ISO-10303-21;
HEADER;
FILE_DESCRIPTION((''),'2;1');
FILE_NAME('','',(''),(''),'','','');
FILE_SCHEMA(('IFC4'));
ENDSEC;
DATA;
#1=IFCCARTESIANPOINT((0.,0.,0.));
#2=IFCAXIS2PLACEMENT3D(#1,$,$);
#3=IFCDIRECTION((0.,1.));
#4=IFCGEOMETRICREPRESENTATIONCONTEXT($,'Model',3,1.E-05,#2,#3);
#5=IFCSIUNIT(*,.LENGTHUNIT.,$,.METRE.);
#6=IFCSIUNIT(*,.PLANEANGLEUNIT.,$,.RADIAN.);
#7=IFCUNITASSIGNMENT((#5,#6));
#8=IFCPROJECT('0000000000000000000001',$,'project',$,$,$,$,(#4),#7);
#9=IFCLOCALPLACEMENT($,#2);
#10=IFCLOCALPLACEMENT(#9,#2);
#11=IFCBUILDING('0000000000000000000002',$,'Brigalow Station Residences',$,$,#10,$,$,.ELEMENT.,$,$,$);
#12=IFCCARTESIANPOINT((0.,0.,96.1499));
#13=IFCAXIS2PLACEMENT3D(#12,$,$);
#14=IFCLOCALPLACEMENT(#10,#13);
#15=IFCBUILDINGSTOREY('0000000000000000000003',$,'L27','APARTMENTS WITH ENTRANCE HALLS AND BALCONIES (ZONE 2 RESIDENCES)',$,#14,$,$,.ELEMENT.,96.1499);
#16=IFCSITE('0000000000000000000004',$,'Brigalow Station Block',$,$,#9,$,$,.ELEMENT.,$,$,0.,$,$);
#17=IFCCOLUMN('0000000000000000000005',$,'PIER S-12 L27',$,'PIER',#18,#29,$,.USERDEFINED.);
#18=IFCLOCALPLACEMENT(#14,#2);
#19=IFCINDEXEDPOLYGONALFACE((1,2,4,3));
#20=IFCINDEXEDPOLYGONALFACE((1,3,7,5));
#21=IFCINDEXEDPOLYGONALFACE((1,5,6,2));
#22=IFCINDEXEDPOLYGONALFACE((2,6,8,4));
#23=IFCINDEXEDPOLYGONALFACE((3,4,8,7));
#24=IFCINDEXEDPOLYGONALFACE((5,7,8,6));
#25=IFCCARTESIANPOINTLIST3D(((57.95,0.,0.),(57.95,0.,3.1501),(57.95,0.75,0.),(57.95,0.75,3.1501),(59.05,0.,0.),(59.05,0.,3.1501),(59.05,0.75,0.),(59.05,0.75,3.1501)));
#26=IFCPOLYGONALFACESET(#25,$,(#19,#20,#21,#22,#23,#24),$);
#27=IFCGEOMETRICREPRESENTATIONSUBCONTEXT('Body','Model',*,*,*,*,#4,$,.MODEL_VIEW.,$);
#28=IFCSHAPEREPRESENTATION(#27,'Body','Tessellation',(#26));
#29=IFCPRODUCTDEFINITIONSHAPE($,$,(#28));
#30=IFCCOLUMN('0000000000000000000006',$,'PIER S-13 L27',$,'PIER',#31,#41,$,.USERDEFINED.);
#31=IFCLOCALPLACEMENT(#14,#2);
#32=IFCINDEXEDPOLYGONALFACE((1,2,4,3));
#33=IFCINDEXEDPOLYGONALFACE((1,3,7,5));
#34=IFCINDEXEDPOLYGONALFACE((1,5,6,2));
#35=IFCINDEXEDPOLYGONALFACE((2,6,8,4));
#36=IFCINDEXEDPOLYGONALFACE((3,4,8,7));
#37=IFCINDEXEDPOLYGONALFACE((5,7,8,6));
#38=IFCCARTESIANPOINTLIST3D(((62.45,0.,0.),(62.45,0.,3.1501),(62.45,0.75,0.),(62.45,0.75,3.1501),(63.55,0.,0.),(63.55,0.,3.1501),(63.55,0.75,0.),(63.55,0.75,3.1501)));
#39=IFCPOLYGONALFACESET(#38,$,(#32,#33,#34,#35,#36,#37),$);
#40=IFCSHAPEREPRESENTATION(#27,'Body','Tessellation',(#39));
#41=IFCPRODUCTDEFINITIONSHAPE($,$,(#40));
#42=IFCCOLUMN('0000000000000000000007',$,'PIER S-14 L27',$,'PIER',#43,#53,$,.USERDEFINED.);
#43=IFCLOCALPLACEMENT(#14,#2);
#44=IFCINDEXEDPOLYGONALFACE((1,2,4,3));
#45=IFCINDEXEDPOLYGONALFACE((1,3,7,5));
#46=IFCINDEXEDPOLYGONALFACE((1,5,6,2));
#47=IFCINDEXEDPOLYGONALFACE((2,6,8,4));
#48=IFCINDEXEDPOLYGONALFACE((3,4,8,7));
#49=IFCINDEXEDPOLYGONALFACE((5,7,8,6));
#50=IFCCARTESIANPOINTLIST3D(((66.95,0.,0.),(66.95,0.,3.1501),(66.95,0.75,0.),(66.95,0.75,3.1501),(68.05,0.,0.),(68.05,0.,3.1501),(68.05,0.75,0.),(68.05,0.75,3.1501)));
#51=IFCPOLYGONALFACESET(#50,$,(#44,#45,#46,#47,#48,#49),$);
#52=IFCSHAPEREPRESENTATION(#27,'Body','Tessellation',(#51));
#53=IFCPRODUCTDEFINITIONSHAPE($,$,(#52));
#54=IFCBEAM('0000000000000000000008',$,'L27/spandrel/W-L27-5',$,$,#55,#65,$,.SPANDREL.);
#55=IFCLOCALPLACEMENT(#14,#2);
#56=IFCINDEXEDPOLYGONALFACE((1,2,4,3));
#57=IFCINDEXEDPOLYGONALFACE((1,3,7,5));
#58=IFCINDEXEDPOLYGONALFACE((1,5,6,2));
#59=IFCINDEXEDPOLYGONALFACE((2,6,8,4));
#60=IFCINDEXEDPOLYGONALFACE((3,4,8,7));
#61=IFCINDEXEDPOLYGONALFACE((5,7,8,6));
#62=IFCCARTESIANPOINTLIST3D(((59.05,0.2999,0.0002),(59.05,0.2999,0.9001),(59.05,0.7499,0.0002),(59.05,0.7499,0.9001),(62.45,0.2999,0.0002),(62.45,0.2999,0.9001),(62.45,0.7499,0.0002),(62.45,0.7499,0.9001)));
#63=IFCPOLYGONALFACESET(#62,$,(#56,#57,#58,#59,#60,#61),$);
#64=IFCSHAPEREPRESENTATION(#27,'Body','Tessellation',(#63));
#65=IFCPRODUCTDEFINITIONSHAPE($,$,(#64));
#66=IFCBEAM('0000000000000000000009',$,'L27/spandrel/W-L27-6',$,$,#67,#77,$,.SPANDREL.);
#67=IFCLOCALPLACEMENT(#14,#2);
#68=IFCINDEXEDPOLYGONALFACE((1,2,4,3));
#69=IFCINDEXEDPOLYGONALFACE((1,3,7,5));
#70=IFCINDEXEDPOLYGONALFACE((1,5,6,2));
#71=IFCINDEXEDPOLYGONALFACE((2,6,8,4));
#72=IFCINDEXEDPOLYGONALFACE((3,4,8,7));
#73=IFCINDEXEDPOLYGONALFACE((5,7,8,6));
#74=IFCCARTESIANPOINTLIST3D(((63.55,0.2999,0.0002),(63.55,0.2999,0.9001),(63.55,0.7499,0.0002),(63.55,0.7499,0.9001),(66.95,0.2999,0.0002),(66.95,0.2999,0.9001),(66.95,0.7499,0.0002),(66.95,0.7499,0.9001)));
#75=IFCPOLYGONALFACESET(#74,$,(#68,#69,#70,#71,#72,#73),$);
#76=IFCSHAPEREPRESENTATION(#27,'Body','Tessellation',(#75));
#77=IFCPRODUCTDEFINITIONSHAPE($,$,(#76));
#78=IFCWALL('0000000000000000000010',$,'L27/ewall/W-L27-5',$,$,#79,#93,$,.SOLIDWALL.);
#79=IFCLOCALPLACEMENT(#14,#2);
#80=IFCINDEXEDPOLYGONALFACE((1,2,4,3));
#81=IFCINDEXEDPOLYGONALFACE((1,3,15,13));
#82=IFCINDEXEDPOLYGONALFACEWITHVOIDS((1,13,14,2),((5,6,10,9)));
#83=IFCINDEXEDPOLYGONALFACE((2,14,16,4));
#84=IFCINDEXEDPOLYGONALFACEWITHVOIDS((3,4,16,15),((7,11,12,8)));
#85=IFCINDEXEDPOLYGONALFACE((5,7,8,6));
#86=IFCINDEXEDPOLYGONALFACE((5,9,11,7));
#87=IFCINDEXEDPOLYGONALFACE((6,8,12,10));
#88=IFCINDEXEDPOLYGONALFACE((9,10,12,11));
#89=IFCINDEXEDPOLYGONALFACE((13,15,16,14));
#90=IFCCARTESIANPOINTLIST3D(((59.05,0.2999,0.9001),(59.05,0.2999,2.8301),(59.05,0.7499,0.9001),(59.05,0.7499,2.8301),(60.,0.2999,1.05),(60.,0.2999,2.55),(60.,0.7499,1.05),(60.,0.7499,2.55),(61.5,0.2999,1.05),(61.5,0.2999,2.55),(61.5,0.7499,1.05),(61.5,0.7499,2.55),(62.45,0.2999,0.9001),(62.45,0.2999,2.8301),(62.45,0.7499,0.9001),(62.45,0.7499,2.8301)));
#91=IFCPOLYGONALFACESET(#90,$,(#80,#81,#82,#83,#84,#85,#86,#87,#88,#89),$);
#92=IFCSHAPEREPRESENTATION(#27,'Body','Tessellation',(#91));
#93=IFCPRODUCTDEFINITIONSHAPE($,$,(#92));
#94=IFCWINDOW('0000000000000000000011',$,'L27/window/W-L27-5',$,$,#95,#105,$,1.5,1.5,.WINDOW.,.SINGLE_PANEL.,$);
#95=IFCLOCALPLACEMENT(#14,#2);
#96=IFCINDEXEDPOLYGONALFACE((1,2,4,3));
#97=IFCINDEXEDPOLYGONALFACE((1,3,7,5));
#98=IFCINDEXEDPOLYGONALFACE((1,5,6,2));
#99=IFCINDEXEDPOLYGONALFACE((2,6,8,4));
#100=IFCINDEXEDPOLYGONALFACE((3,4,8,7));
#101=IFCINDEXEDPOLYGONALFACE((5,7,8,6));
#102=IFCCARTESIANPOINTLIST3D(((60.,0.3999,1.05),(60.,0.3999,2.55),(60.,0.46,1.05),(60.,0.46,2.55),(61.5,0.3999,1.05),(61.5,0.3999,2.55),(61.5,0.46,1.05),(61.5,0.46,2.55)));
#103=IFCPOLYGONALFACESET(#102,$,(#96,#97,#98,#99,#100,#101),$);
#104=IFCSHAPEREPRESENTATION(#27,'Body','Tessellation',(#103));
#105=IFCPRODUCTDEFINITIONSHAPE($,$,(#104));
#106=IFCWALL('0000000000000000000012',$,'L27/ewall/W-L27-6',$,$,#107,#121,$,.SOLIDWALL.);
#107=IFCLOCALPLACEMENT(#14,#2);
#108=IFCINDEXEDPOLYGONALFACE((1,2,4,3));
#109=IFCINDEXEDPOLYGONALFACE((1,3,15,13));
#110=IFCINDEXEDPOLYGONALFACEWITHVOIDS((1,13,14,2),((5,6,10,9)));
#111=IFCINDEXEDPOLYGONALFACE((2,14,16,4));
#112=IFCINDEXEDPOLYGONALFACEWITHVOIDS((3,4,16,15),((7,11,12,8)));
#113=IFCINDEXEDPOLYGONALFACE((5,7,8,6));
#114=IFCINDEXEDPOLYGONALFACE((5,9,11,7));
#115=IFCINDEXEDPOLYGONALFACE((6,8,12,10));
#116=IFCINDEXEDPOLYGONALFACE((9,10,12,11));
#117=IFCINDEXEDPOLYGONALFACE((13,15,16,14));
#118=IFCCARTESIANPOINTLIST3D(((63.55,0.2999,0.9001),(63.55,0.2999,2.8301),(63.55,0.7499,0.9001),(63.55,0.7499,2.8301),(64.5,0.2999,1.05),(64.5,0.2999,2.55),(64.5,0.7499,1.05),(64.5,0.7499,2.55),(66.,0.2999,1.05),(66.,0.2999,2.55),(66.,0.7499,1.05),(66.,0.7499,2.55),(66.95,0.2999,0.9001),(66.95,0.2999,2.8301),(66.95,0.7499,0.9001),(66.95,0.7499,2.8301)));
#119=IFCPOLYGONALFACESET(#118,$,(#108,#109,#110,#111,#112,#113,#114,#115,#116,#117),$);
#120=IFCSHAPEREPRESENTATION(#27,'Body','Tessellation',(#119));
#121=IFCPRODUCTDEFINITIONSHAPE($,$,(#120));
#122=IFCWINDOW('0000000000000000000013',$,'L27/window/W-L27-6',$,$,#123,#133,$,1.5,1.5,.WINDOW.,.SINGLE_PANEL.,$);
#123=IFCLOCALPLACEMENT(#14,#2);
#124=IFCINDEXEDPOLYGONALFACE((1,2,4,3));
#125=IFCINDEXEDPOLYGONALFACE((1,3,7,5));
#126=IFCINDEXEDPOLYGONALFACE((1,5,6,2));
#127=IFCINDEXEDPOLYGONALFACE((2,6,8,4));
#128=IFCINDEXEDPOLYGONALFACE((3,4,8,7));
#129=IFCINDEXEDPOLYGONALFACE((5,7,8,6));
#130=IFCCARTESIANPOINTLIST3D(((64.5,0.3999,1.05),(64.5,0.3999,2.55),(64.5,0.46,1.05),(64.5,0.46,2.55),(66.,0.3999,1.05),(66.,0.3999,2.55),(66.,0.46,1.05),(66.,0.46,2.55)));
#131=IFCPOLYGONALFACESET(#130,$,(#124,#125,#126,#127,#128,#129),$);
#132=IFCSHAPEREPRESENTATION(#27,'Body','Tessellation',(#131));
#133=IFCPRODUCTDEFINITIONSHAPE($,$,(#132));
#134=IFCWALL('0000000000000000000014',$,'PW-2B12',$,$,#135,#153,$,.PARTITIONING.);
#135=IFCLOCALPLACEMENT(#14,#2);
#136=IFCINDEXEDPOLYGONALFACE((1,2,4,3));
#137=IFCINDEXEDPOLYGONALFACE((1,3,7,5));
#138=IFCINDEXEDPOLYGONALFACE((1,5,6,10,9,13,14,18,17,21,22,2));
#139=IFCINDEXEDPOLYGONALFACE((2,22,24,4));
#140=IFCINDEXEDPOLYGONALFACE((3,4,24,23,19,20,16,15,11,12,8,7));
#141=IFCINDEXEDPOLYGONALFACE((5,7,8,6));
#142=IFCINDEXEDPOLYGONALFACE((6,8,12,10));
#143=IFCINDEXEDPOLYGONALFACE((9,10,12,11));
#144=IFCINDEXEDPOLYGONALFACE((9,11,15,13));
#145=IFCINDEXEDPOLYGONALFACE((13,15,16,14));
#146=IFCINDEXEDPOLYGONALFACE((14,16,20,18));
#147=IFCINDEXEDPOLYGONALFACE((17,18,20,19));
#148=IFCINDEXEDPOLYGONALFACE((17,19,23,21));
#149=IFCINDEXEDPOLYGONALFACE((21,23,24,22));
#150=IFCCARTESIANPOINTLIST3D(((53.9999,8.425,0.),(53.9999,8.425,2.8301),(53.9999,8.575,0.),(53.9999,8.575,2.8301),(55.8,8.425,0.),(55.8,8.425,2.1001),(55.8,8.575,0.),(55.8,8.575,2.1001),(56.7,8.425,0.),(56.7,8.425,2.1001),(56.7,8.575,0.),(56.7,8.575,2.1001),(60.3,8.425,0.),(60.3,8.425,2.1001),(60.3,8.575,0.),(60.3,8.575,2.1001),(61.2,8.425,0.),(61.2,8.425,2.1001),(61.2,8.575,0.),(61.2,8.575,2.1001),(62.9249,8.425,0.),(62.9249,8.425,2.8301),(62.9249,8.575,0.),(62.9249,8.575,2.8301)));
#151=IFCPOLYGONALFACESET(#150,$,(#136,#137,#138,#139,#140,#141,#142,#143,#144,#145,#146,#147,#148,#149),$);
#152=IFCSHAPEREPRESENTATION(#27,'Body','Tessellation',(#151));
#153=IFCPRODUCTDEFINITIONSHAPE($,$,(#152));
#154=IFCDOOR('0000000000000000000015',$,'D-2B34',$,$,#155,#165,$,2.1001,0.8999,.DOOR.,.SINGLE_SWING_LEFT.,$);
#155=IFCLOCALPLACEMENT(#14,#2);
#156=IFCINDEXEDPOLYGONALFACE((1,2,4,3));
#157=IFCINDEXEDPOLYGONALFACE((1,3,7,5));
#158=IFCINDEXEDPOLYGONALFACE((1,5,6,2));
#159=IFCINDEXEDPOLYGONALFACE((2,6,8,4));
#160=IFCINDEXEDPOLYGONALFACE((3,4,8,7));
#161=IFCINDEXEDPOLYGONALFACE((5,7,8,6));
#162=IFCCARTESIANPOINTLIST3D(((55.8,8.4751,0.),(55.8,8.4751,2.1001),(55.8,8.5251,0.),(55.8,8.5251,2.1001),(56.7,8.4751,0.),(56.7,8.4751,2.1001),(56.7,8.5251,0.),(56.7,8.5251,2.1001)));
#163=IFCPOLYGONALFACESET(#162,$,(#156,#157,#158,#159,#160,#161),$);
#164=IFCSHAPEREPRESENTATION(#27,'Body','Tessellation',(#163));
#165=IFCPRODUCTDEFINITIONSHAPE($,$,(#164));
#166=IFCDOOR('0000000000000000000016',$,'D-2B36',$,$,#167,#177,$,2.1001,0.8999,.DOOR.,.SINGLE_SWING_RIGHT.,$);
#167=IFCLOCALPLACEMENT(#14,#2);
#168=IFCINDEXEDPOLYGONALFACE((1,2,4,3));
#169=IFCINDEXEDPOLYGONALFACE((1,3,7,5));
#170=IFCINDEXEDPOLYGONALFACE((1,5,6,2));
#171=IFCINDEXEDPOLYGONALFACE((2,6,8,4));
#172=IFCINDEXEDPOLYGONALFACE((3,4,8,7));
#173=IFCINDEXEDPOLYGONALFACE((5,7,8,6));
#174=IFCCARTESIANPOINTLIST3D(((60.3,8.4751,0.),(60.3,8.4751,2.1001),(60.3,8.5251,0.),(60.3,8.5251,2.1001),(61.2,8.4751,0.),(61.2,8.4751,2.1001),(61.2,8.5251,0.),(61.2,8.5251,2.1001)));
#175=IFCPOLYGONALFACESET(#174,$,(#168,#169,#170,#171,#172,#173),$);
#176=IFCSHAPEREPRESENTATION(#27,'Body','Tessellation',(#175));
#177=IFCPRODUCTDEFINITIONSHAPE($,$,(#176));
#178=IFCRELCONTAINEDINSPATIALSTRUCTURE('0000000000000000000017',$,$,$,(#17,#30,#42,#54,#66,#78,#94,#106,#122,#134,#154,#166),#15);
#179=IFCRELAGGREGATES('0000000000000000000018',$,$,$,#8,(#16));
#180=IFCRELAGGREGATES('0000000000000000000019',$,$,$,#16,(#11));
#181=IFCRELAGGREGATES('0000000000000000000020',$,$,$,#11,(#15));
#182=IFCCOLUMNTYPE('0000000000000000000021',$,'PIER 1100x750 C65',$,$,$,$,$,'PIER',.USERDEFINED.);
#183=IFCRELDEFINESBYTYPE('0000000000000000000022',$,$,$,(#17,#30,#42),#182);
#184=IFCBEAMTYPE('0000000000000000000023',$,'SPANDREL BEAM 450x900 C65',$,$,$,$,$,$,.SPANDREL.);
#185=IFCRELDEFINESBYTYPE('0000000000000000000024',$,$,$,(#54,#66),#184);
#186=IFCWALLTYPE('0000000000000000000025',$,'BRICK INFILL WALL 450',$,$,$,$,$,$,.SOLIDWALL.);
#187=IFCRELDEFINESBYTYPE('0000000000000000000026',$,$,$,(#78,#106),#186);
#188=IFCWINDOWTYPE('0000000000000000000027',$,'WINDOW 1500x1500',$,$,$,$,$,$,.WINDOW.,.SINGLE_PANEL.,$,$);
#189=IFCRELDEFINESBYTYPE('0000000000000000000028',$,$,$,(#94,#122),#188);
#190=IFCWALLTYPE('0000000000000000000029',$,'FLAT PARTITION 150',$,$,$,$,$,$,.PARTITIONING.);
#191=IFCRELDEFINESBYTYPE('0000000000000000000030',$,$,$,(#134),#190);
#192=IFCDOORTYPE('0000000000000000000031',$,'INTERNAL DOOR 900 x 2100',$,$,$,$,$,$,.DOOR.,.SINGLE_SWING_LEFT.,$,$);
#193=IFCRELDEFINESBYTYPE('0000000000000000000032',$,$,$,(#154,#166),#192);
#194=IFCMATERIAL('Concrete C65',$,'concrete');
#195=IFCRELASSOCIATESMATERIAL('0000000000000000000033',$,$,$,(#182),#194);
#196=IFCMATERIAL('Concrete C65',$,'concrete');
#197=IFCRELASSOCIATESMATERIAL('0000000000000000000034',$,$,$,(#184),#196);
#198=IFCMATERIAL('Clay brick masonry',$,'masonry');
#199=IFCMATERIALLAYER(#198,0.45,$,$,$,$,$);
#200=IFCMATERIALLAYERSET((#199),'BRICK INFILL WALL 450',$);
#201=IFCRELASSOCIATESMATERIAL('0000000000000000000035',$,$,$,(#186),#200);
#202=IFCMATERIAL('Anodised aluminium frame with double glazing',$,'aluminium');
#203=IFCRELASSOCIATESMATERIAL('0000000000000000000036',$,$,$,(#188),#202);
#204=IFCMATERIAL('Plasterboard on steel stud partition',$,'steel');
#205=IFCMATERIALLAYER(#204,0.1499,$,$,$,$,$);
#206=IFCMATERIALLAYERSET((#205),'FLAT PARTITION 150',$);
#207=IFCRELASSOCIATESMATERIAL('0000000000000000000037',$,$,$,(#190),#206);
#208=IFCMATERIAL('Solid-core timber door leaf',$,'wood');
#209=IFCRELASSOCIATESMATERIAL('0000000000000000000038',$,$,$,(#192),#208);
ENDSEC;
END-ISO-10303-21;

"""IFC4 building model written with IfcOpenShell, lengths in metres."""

from ifc_helpers import new_model, si_unit, direction, frame, frame_2d, origin, origin_2d, place, context, subcontext, project, spatial, rectangle, extrude, material, layer, layer_set, material_profile, profile_set, type_object, element, fill, save


model = new_model("IFC4")

# Units and contexts
model_context = context("Model", 3, precision=1e-05, world=origin(), true_north=direction((0.0, 1.0)))
body_context = subcontext(model_context, "Body", "Model", "MODEL_VIEW")
ifc_project = project(units=[si_unit("LENGTHUNIT", "METRE"), si_unit("PLANEANGLEUNIT", "RADIAN")], contexts=[model_context])

# Site, building, storey
site_placement = place(None, origin())
site = spatial("IfcSite", under=ifc_project, at=site_placement, Name="Brigalow Station Block", CompositionType="ELEMENT", RefElevation=0.0)
building_placement = place(site_placement, origin())
building = spatial("IfcBuilding", under=site, at=building_placement, Name="Brigalow Station Residences", CompositionType="ELEMENT")
storey_placement = place(building_placement, frame((0.0, 0.0, 96.1499)))
storey = spatial("IfcBuildingStorey", under=building, at=storey_placement, Name="L27", Description="APARTMENTS WITH ENTRANCE HALLS AND BALCONIES (ZONE 2 RESIDENCES)", CompositionType="ELEMENT", Elevation=96.1499)

# Columns
ifc_material_1 = material(Name="Concrete C65", Category="concrete")
ifc_material_profile_1 = material_profile(ifc_material_1, rectangle(XDim=1.1001, YDim=0.75, at=origin_2d()), Name="RC1100x750")
ifc_profile_set_1 = profile_set([ifc_material_profile_1], Name="Concrete C65")
column_type = type_object("IfcColumnType", Name="PIER 1100x750 C65", ElementType="PIER", PredefinedType="USERDEFINED", material=ifc_profile_set_1)
for number, where, z_axis, x_axis, name in (
    (1, (58.5, 0.375, 0.0), (0.0, 0.0, 1.0), (1.0, 0.0, 0.0), "PIER S-12 L27"),
    (2, (63.0, 0.375, 0.0), (0.0, 0.0, 1.0), (1.0, 0.0, 0.0), "PIER S-13 L27"),
    (3, (67.5, 0.375, 0.0), (0.0, 0.0, 1.0), (1.0, 0.0, 0.0), "PIER S-14 L27"),
):
    element("IfcColumn", number, at=place(storey_placement, frame(where, z_axis=z_axis, x_axis=x_axis)), inside=storey, type_object=column_type, Name=name, ObjectType="PIER", PredefinedType="USERDEFINED", context=body_context, shape_type="SweptSolid", body=[
        extrude(rectangle(XDim=1.1001, YDim=0.75, at=origin_2d()), origin(), (0.0, 0.0, 1.0), 3.1501),
    ])

# Beams
ifc_material_2 = material(Name="Concrete C65", Category="concrete")
ifc_material_profile_2 = material_profile(ifc_material_2, rectangle(XDim=0.45, YDim=0.8999, at=origin_2d()), Name="RC450x900")
ifc_profile_set_2 = profile_set([ifc_material_profile_2], Name="Concrete C65")
beam_type = type_object("IfcBeamType", Name="SPANDREL BEAM 450x900 C65", PredefinedType="SPANDREL", material=ifc_profile_set_2)
for number, where, z_axis, x_axis, name in (
    (4, (59.05, 0.5249, 0.4502), (1.0, 0.0, 0.0), (0.0, 1.0, 0.0), "L27/spandrel/W-L27-5"),
    (5, (63.55, 0.5249, 0.4502), (1.0, 0.0, 0.0), (0.0, 1.0, 0.0), "L27/spandrel/W-L27-6"),
):
    element("IfcBeam", number, at=place(storey_placement, frame(where, z_axis=z_axis, x_axis=x_axis)), inside=storey, type_object=beam_type, Name=name, PredefinedType="SPANDREL", context=body_context, shape_type="SweptSolid", body=[
        extrude(rectangle(XDim=0.45, YDim=0.8999, at=origin_2d()), origin(), (0.0, 0.0, 1.0), 3.3999),
    ])

# Walls, openings, windows
ifc_material_3 = material(Name="Clay brick masonry", Category="masonry")
ifc_layer_1 = layer(ifc_material_3, 0.45)
ifc_layer_set_1 = layer_set([ifc_layer_1], Name="BRICK INFILL WALL 450")
wall_type_1 = type_object("IfcWallType", Name="BRICK INFILL WALL 450", PredefinedType="SOLIDWALL", material=ifc_layer_set_1)
wall_1_placement = place(storey_placement, frame((59.05, 0.5249, 0.9001), z_axis=(0.0, 0.0, 1.0), x_axis=(1.0, 0.0, 0.0)))
wall_1 = element("IfcWall", 6, at=wall_1_placement, inside=storey, type_object=wall_type_1, Name="L27/ewall/W-L27-5", PredefinedType="SOLIDWALL", context=body_context, shape_type="SweptSolid", body=[
    extrude(rectangle(XDim=3.3999, YDim=0.45, at=frame_2d((1.7, 0.0))), origin(), (0.0, 0.0, 1.0), 1.9299),
])
opening_1_placement = place(wall_1_placement, frame((0.95, 0.0, 0.1499)))
opening_1 = element("IfcOpeningElement", 7, at=opening_1_placement, cuts=wall_1, PredefinedType="OPENING", context=body_context, shape_type="SweptSolid", body=[
    extrude(rectangle(XDim=1.5, YDim=1.5, at=frame_2d((0.75, 0.75))), frame((0.0, 0.2349, 0.0), z_axis=(0.0, -1.0, 0.0), x_axis=(1.0, 0.0, 0.0)), (0.0, 0.0, 1.0), 0.47),
])
ifc_material_4 = material(Name="Anodised aluminium frame with double glazing", Category="aluminium")
window_type = type_object("IfcWindowType", Name="WINDOW 1500x1500", PartitioningType="SINGLE_PANEL", PredefinedType="WINDOW", material=ifc_material_4)
window_1_placement = place(opening_1_placement, origin())
window_1 = element("IfcWindow", 8, at=window_1_placement, inside=storey, type_object=window_type, Name="L27/window/W-L27-5", OverallHeight=1.5, OverallWidth=1.5, PartitioningType="SINGLE_PANEL", PredefinedType="WINDOW", context=body_context, shape_type="SweptSolid", body=[
    extrude(rectangle(XDim=1.5, YDim=1.5, at=frame_2d((0.75, 0.75))), frame((0.0, -0.0649, 0.0), z_axis=(0.0, -1.0, 0.0), x_axis=(1.0, 0.0, 0.0)), (0.0, 0.0, 1.0), 0.0601),
])
fill(opening_1, window_1)
wall_2_placement = place(storey_placement, frame((63.55, 0.5249, 0.9001), z_axis=(0.0, 0.0, 1.0), x_axis=(1.0, 0.0, 0.0)))
wall_2 = element("IfcWall", 9, at=wall_2_placement, inside=storey, type_object=wall_type_1, Name="L27/ewall/W-L27-6", PredefinedType="SOLIDWALL", context=body_context, shape_type="SweptSolid", body=[
    extrude(rectangle(XDim=3.3999, YDim=0.45, at=frame_2d((1.7, 0.0))), origin(), (0.0, 0.0, 1.0), 1.9299),
])
opening_2_placement = place(wall_2_placement, frame((0.95, 0.0, 0.1499)))
opening_2 = element("IfcOpeningElement", 10, at=opening_2_placement, cuts=wall_2, PredefinedType="OPENING", context=body_context, shape_type="SweptSolid", body=[
    extrude(rectangle(XDim=1.5, YDim=1.5, at=frame_2d((0.75, 0.75))), frame((0.0, 0.2349, 0.0), z_axis=(0.0, -1.0, 0.0), x_axis=(1.0, 0.0, 0.0)), (0.0, 0.0, 1.0), 0.47),
])
window_2_placement = place(opening_2_placement, origin())
window_2 = element("IfcWindow", 11, at=window_2_placement, inside=storey, type_object=window_type, Name="L27/window/W-L27-6", OverallHeight=1.5, OverallWidth=1.5, PartitioningType="SINGLE_PANEL", PredefinedType="WINDOW", context=body_context, shape_type="SweptSolid", body=[
    extrude(rectangle(XDim=1.5, YDim=1.5, at=frame_2d((0.75, 0.75))), frame((0.0, -0.0649, 0.0), z_axis=(0.0, -1.0, 0.0), x_axis=(1.0, 0.0, 0.0)), (0.0, 0.0, 1.0), 0.0601),
])
fill(opening_2, window_2)

# Wall, openings, doors
ifc_material_5 = material(Name="Plasterboard on steel stud partition", Category="steel")
ifc_layer_2 = layer(ifc_material_5, 0.1499)
ifc_layer_set_2 = layer_set([ifc_layer_2], Name="FLAT PARTITION 150")
wall_type_2 = type_object("IfcWallType", Name="FLAT PARTITION 150", PredefinedType="PARTITIONING", material=ifc_layer_set_2)
wall_3_placement = place(storey_placement, frame((54.0, 8.5, 0.0), z_axis=(0.0, 0.0, 1.0), x_axis=(1.0, 0.0, 0.0)))
wall_3 = element("IfcWall", 12, at=wall_3_placement, inside=storey, type_object=wall_type_2, Name="PW-2B12", PredefinedType="PARTITIONING", context=body_context, shape_type="SweptSolid", body=[
    extrude(rectangle(XDim=8.925, YDim=0.1499, at=frame_2d((4.4624, 0.0))), origin(), (0.0, 0.0, 1.0), 2.8301),
])
opening_3_placement = place(wall_3_placement, frame((1.8, 0.0, 0.0)))
opening_3 = element("IfcOpeningElement", 13, at=opening_3_placement, cuts=wall_3, PredefinedType="OPENING", context=body_context, shape_type="SweptSolid", body=[
    extrude(rectangle(XDim=0.8999, YDim=2.1001, at=frame_2d((0.45, 1.05))), frame((0.0, 0.085, 0.0), z_axis=(0.0, -1.0, 0.0), x_axis=(1.0, 0.0, 0.0)), (0.0, 0.0, 1.0), 0.1699),
])
opening_4_placement = place(wall_3_placement, frame((6.3, 0.0, 0.0)))
opening_4 = element("IfcOpeningElement", 14, at=opening_4_placement, cuts=wall_3, PredefinedType="OPENING", context=body_context, shape_type="SweptSolid", body=[
    extrude(rectangle(XDim=0.8999, YDim=2.1001, at=frame_2d((0.45, 1.05))), frame((0.0, 0.085, 0.0), z_axis=(0.0, -1.0, 0.0), x_axis=(1.0, 0.0, 0.0)), (0.0, 0.0, 1.0), 0.1699),
])
ifc_material_6 = material(Name="Solid-core timber door leaf", Category="wood")
door_type = type_object("IfcDoorType", Name="INTERNAL DOOR 900 x 2100", OperationType="SINGLE_SWING_LEFT", PredefinedType="DOOR", material=ifc_material_6)
door_1_placement = place(opening_3_placement, frame((0.8999, 0.0, 0.0), z_axis=(0.0, 0.0, 1.0), x_axis=(-1.0, 0.0, 0.0)))
door_1 = element("IfcDoor", 15, at=door_1_placement, inside=storey, type_object=door_type, Name="D-2B34", OperationType="SINGLE_SWING_LEFT", OverallHeight=2.1001, OverallWidth=0.8999, PredefinedType="DOOR", context=body_context, shape_type="SweptSolid", body=[
    extrude(rectangle(XDim=0.8999, YDim=2.1001, at=frame_2d((0.45, 1.05))), frame((0.0, 0.0249, 0.0), z_axis=(0.0, -1.0, 0.0), x_axis=(1.0, 0.0, 0.0)), (0.0, 0.0, 1.0), 0.05),
])
fill(opening_3, door_1)
door_2_placement = place(opening_4_placement, frame((0.8999, 0.0, 0.0), z_axis=(0.0, 0.0, 1.0), x_axis=(-1.0, 0.0, 0.0)))
door_2 = element("IfcDoor", 16, at=door_2_placement, inside=storey, type_object=door_type, Name="D-2B36", OperationType="SINGLE_SWING_RIGHT", OverallHeight=2.1001, OverallWidth=0.8999, PredefinedType="DOOR", context=body_context, shape_type="SweptSolid", body=[
    extrude(rectangle(XDim=0.8999, YDim=2.1001, at=frame_2d((0.45, 1.05))), frame((0.0, 0.0249, 0.0), z_axis=(0.0, -1.0, 0.0), x_axis=(1.0, 0.0, 0.0)), (0.0, 0.0, 1.0), 0.05),
])
fill(opening_4, door_2)

save(model, "model.ifc")
